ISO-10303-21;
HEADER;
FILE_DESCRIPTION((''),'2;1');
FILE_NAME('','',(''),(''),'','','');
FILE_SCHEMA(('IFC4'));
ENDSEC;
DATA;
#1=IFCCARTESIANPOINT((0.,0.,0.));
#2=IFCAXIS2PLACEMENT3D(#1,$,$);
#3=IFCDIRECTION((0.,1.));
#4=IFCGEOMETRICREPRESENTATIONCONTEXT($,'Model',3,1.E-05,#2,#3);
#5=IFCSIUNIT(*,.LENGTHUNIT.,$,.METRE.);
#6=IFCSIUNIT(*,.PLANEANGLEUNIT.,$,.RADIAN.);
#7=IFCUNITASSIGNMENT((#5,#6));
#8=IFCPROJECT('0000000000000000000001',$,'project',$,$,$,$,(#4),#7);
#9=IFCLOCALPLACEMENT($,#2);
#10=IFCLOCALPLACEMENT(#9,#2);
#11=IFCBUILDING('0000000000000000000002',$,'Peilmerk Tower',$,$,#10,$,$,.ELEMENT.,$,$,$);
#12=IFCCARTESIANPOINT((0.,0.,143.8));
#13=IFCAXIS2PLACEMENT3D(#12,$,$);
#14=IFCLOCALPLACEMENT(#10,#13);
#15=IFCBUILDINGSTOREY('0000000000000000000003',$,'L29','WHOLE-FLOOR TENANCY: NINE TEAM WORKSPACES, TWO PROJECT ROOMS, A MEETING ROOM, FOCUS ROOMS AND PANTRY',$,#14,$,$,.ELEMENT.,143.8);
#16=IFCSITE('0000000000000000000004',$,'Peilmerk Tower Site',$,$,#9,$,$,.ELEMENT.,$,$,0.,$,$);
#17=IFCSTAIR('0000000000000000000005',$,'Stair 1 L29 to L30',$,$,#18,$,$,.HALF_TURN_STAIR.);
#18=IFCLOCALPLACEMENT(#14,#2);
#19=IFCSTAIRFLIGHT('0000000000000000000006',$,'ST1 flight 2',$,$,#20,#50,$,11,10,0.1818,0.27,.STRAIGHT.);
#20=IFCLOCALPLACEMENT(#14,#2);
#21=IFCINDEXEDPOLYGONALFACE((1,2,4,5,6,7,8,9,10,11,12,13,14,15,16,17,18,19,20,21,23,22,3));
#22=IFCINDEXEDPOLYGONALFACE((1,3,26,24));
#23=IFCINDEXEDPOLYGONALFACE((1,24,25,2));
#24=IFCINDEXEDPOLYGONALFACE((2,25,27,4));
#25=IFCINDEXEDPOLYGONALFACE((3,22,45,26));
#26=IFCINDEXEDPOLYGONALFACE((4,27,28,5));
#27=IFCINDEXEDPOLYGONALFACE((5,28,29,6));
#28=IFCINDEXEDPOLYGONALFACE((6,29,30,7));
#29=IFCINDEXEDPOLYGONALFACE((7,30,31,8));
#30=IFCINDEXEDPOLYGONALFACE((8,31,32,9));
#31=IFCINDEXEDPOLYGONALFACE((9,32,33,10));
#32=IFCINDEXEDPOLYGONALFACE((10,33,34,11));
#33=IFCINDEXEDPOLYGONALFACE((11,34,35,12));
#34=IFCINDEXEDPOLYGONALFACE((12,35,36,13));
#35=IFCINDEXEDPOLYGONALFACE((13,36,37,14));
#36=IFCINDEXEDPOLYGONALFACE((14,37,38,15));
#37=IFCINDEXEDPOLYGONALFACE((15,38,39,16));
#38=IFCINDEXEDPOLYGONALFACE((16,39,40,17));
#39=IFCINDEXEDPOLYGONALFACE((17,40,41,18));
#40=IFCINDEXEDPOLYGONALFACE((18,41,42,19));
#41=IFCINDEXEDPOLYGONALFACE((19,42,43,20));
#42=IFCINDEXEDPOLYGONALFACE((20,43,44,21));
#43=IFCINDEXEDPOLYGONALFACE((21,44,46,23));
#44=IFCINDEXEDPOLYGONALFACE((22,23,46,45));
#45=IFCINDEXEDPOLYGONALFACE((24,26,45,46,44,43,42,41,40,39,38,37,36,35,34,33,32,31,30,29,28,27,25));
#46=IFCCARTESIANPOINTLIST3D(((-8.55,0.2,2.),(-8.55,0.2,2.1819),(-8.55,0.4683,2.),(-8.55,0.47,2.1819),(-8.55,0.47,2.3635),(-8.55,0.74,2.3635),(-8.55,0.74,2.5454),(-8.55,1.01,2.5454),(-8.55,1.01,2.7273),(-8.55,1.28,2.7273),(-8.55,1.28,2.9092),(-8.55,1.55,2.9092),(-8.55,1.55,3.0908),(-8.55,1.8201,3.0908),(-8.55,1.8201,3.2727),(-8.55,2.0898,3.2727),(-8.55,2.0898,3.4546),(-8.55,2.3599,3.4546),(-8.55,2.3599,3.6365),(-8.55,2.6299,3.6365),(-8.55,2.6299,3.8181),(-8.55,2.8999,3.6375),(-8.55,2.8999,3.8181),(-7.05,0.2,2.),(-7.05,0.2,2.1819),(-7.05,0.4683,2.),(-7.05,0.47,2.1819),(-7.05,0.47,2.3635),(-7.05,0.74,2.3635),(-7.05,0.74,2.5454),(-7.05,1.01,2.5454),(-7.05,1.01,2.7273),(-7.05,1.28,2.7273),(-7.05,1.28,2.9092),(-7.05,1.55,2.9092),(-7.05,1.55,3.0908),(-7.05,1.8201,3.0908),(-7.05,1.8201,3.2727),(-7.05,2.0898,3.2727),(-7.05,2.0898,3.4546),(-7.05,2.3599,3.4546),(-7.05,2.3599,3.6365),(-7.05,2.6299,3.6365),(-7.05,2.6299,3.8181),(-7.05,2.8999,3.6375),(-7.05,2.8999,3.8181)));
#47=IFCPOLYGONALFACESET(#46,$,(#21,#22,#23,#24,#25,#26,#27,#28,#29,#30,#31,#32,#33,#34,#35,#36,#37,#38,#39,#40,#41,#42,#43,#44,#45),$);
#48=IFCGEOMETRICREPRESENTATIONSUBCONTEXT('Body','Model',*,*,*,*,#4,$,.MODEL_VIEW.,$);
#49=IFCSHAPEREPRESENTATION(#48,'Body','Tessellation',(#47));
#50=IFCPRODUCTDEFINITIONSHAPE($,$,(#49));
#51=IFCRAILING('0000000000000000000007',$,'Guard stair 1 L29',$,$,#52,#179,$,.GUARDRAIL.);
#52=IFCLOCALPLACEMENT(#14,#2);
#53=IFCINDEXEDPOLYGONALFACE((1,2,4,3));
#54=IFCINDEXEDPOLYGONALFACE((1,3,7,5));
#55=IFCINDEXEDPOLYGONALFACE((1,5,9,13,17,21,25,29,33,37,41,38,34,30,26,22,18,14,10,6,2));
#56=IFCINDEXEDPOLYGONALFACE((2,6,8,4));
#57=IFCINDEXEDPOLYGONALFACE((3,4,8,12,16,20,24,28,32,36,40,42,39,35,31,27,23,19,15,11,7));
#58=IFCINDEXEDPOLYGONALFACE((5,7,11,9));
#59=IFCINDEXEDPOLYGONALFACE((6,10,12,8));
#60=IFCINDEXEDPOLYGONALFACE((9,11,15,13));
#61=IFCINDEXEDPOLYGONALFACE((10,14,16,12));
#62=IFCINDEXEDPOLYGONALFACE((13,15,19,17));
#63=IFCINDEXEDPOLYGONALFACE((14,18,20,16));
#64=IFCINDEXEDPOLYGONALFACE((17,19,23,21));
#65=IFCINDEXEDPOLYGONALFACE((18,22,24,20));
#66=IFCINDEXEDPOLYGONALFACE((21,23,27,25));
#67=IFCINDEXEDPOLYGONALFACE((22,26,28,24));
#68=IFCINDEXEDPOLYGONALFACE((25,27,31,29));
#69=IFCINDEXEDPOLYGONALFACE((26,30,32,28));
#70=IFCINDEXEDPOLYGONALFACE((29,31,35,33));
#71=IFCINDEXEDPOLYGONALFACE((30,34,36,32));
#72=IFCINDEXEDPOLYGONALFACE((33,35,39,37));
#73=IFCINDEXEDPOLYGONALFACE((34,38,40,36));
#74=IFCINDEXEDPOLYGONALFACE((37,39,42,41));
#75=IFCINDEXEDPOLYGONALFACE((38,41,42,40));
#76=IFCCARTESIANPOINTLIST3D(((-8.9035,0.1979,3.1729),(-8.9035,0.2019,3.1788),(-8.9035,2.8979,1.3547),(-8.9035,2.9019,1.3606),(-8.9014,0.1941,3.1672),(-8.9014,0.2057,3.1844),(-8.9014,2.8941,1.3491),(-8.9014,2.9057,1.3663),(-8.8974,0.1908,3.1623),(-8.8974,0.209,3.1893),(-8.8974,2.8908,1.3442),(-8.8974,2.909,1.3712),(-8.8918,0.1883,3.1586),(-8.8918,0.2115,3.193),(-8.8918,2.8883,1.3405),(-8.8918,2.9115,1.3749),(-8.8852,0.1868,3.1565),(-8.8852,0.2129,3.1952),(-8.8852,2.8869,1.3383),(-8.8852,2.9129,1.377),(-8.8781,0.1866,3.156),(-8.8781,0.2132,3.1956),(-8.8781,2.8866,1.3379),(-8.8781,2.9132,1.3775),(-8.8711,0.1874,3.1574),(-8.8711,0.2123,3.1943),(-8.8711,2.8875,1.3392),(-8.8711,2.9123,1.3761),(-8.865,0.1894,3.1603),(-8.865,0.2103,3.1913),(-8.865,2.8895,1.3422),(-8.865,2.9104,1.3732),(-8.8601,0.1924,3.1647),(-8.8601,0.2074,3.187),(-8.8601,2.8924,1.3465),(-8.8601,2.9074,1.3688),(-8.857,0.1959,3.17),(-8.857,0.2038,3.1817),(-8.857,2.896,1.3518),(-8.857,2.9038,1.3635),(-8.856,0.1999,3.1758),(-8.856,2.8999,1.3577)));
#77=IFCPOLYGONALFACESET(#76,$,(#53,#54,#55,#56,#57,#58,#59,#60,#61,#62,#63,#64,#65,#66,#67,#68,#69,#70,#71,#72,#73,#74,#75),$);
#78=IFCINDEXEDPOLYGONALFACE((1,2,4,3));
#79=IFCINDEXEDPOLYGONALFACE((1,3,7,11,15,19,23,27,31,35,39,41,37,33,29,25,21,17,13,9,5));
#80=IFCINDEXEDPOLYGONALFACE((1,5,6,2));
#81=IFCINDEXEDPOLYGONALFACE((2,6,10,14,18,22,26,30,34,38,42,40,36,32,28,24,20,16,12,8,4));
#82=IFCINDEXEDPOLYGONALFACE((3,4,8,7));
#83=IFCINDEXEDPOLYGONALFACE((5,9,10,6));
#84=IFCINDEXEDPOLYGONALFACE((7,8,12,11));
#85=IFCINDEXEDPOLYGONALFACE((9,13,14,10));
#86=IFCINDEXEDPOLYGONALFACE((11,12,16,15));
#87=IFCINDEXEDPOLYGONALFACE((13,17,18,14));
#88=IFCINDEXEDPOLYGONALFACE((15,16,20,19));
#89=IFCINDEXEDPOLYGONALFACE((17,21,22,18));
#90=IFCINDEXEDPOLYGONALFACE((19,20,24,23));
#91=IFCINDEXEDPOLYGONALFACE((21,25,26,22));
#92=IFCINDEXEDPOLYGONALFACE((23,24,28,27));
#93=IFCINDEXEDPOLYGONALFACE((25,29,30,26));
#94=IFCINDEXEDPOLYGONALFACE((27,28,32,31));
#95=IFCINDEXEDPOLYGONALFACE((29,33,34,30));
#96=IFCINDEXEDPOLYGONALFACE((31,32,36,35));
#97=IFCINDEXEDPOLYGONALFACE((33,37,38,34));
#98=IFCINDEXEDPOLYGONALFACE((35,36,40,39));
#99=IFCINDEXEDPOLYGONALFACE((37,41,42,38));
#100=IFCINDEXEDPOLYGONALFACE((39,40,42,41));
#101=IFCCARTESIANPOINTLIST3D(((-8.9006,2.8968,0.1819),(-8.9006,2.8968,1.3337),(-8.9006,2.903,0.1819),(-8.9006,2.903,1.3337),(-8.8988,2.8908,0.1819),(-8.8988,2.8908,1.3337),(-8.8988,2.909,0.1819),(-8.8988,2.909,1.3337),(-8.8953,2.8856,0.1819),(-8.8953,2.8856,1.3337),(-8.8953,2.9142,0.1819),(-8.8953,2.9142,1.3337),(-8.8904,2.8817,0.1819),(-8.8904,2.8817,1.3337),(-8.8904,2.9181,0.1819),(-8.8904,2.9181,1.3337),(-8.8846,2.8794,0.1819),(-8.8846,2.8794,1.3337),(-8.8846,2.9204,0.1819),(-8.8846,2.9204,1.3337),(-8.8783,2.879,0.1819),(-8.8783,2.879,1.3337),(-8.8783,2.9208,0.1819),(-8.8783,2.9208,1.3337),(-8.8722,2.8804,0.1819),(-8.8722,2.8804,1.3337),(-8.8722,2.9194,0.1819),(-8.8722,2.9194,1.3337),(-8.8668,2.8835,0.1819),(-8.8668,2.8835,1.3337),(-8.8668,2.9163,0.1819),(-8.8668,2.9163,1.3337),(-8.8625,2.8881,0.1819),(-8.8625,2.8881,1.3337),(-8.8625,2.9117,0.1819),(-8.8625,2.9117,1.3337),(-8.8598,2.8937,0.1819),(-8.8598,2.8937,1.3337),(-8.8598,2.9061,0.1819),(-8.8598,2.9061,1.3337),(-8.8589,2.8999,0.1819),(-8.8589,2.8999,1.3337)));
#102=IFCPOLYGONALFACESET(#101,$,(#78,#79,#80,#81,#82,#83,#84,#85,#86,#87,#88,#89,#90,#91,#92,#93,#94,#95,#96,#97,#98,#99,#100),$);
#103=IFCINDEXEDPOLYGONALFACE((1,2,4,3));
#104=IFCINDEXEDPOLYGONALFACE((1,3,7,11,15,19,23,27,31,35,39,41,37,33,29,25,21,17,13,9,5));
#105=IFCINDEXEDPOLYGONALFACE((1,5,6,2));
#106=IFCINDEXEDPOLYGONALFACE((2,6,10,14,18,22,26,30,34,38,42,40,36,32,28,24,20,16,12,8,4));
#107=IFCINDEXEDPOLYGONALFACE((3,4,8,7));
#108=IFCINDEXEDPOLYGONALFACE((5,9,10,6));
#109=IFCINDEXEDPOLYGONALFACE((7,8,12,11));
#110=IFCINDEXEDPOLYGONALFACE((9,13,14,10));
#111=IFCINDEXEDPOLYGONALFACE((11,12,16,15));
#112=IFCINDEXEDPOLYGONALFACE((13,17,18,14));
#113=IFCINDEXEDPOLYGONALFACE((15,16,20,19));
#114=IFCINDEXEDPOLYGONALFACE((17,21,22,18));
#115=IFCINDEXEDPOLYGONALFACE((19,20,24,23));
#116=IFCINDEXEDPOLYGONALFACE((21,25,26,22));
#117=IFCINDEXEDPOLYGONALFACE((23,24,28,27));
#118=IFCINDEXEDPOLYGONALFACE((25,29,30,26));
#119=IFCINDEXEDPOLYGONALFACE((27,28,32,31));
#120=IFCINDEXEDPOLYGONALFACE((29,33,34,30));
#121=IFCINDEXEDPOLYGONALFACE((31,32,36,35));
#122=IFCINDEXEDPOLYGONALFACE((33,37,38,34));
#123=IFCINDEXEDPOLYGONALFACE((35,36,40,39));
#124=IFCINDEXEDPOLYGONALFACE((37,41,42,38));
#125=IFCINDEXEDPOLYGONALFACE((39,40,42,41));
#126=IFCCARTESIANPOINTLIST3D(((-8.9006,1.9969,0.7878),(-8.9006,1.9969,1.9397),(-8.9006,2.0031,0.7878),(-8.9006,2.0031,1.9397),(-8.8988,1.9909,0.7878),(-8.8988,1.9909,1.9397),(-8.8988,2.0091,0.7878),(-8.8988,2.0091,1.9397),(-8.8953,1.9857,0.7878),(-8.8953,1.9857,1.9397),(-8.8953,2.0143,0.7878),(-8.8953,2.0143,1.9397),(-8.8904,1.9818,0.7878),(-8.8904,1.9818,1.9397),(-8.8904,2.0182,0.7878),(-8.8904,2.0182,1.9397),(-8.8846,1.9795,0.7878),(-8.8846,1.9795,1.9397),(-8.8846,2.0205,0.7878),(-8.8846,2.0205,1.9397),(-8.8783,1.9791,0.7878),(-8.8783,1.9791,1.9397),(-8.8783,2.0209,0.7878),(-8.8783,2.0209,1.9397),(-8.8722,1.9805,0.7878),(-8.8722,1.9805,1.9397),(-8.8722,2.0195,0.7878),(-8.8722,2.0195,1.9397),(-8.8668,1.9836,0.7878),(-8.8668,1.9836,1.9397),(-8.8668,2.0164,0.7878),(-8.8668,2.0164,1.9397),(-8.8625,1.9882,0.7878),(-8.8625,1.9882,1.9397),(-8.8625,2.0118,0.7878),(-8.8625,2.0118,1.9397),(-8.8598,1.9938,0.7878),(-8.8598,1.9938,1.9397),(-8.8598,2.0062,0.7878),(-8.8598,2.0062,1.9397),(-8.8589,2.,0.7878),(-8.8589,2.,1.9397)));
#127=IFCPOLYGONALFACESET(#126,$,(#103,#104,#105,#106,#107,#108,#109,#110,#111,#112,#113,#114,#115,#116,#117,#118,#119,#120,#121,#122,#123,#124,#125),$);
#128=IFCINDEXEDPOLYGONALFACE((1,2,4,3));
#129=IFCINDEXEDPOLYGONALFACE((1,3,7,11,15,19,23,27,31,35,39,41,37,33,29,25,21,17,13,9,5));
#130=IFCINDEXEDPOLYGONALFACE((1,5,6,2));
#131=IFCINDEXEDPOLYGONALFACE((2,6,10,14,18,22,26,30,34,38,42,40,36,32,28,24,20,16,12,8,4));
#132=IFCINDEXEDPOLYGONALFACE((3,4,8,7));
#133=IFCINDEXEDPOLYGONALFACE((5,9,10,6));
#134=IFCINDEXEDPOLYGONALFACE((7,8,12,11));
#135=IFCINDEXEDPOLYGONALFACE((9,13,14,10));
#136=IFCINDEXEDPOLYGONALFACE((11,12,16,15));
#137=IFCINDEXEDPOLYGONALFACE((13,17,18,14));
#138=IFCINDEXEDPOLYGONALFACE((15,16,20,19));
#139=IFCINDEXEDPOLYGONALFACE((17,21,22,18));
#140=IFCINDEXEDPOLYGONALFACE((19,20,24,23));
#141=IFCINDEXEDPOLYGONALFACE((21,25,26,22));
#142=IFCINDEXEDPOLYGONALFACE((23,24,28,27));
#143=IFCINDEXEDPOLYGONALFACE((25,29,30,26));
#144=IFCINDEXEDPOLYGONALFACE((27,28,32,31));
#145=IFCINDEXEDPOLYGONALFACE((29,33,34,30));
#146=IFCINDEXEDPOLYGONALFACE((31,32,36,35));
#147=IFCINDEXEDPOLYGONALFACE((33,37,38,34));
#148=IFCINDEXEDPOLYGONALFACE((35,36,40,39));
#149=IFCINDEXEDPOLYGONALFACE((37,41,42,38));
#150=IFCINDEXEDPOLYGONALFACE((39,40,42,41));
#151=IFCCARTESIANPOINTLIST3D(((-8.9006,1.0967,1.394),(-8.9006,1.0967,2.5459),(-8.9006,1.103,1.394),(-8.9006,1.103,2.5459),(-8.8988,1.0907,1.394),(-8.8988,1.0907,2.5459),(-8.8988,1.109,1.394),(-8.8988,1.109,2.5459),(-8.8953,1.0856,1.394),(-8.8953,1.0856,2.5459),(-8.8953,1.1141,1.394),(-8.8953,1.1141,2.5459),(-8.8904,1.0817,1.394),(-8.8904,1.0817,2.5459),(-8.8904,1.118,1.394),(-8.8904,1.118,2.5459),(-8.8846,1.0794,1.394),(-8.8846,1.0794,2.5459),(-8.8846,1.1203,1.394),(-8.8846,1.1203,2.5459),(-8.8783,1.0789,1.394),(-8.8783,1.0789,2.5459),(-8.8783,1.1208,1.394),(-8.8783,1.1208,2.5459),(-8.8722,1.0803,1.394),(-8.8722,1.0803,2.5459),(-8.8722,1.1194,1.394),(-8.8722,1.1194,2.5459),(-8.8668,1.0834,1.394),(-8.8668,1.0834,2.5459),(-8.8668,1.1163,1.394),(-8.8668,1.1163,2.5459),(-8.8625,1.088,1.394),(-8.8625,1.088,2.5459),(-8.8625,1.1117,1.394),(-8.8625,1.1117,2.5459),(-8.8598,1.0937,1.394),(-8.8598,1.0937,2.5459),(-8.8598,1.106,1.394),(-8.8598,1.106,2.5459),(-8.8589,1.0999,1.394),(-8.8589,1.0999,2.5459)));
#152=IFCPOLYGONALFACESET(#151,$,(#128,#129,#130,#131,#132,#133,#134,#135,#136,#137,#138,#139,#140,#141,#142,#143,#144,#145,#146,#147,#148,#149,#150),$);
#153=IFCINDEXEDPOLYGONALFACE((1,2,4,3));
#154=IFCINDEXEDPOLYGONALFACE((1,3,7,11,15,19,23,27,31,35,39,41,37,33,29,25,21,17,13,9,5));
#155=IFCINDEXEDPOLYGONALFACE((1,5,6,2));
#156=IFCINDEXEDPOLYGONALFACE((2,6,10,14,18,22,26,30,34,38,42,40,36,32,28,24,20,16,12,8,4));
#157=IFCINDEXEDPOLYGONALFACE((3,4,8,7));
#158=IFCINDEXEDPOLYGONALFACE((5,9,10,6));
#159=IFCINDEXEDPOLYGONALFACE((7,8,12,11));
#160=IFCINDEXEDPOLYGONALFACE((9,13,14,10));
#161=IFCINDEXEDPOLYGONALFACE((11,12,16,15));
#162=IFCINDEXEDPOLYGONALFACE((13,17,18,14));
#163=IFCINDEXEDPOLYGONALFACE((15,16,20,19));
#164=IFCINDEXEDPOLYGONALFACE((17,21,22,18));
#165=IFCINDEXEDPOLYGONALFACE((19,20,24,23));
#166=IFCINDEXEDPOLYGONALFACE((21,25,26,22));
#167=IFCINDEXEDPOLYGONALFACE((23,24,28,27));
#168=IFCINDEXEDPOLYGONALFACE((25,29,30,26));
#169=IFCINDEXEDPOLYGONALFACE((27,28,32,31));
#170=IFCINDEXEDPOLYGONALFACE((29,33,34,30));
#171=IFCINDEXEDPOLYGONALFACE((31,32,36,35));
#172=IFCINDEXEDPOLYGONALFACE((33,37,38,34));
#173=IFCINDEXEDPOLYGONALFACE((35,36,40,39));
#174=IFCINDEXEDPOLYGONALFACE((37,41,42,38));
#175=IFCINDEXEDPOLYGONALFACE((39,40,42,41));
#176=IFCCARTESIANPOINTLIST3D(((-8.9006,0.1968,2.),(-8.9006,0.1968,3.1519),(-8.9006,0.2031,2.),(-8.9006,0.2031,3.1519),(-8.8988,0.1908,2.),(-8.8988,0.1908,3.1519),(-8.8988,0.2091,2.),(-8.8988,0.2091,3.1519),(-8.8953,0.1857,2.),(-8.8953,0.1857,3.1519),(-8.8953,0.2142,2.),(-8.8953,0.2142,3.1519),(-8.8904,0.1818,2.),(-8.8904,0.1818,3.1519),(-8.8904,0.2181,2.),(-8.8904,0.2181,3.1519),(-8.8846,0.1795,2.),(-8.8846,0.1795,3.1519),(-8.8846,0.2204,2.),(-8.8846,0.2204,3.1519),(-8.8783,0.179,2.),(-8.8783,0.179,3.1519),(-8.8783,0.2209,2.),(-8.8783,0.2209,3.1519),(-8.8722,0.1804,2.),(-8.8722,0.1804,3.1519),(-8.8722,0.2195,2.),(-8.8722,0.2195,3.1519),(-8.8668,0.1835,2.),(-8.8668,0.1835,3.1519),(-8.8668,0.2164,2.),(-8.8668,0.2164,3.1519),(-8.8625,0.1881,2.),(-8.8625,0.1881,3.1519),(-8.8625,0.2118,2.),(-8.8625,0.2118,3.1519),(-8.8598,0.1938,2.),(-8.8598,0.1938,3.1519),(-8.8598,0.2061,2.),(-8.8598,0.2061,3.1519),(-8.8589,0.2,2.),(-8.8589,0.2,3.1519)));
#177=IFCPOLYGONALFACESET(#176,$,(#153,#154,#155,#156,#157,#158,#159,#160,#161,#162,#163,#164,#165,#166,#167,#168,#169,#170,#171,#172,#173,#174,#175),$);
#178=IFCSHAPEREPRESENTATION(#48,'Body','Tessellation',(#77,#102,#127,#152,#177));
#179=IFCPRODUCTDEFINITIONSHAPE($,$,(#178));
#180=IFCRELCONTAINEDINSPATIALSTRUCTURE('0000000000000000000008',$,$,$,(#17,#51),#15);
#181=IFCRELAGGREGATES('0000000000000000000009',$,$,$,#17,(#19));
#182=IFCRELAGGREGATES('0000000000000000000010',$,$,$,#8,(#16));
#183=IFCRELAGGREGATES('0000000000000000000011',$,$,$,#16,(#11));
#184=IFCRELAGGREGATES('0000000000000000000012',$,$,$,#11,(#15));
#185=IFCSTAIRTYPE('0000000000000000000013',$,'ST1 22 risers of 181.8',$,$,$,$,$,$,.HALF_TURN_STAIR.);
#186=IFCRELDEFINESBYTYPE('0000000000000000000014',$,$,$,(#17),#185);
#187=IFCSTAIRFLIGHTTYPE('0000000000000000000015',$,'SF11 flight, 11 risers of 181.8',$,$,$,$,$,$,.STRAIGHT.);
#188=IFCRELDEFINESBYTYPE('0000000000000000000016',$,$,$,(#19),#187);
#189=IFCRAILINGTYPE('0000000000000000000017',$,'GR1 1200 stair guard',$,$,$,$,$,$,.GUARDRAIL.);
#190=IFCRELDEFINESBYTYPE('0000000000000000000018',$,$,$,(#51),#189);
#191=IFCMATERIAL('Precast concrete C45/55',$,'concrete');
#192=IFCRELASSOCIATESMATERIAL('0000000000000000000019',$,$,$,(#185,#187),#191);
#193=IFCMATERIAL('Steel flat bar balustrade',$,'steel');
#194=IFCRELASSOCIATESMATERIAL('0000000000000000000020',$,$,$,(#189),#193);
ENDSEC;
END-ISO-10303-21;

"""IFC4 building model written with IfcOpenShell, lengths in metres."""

from ifc_helpers import new_model, si_unit, direction, frame, origin, origin_2d, place, context, subcontext, project, spatial, polyline, circle, outline, extrude, material, type_object, element, aggregate, save


model = new_model("IFC4")

# Units and contexts
model_context = context("Model", 3, precision=1e-05, world=origin(), true_north=direction((0.0, 1.0)))
body_context = subcontext(model_context, "Body", "Model", "MODEL_VIEW")
ifc_project = project(units=[si_unit("LENGTHUNIT", "METRE"), si_unit("PLANEANGLEUNIT", "RADIAN")], contexts=[model_context])

# Site, building, storey
site_placement = place(None, origin())
site = spatial("IfcSite", under=ifc_project, at=site_placement, Name="Peilmerk Tower Site", CompositionType="ELEMENT", RefElevation=0.0)
building_placement = place(site_placement, origin())
building = spatial("IfcBuilding", under=site, at=building_placement, Name="Peilmerk Tower", CompositionType="ELEMENT")
storey_placement = place(building_placement, frame((0.0, 0.0, 143.8)))
storey = spatial("IfcBuildingStorey", under=building, at=storey_placement, Name="L29", Description="WHOLE-FLOOR TENANCY: NINE TEAM WORKSPACES, TWO PROJECT ROOMS, A MEETING ROOM, FOCUS ROOMS AND PANTRY", CompositionType="ELEMENT", Elevation=143.8)

# Stair, stair flight
ifc_material_1 = material(Name="Precast concrete C45/55", Category="concrete")
stair_type = type_object("IfcStairType", Name="ST1 22 risers of 181.8", PredefinedType="HALF_TURN_STAIR", material=ifc_material_1)
stair_placement = place(storey_placement, origin())
stair = element("IfcStair", 1, at=stair_placement, inside=storey, type_object=stair_type, Name="Stair 1 L29 to L30", PredefinedType="HALF_TURN_STAIR")
stair_flight_type = type_object("IfcStairFlightType", Name="SF11 flight, 11 risers of 181.8", PredefinedType="STRAIGHT", material=ifc_material_1)
stair_flight_1_placement = place(storey_placement, frame((-7.8, 0.2, 2.0), z_axis=(0.0, 0.0, 1.0), x_axis=(0.0, 1.0, 0.0)))
stair_flight_1 = element("IfcStairFlight", 2, at=stair_flight_1_placement, type_object=stair_flight_type, Name="ST1 flight 2", NumberOfRisers=11, NumberOfTreads=10, PredefinedType="STRAIGHT", RiserHeight=0.1818, TreadLength=0.27, context=body_context, shape_type="SweptSolid", body=[
    extrude(outline(polyline([(0.0, 0.0), (0.0, 0.1819), (0.27, 0.1819), (0.27, 0.3635), (0.54, 0.3635), (0.54, 0.5454), (0.8101, 0.5454), (0.8101, 0.7273), (1.0801, 0.7273), (1.0801, 0.9092), (1.3501, 0.9092), (1.3501, 1.0908), (1.6201, 1.0908), (1.6201, 1.2727), (1.8899, 1.2727), (1.8899, 1.4546), (2.1599, 1.4546), (2.1599, 1.6365), (2.4299, 1.6365), (2.4299, 1.8181), (2.7, 1.8181), (2.7, 2.0), (2.7, 1.6375), (0.2683, 0.0), (0.0, 0.0)])), frame((0.0, 0.75, 0.0), z_axis=(0.0, -1.0, 0.0), x_axis=(1.0, 0.0, 0.0)), (0.0, 0.0, 1.0), 1.5),
])
aggregate(stair, [stair_flight_1])

# Railing
ifc_material_2 = material(Name="Steel flat bar balustrade", Category="steel")
railing_type_1 = type_object("IfcRailingType", Name="GR1 1200 stair guard", PredefinedType="GUARDRAIL", material=ifc_material_2)
railing_1_placement = place(storey_placement, frame((-8.8799, 2.8999, 0.1819)))
element("IfcRailing", 3, at=railing_1_placement, inside=storey, type_object=railing_type_1, Name="Guard stair 1 L29", PredefinedType="GUARDRAIL", context=body_context, shape_type="SweptSolid", body=[
    extrude(circle(Radius=0.0239, at=origin_2d()), frame((0.0, 0.0, 1.1758), z_axis=(0.0, -0.829468, 0.558554), x_axis=(1.0, 0.0, 0.0)), (0.0, 0.0, 1.0), 3.2551),
    extrude(circle(Radius=0.021, at=origin_2d()), origin(), (0.0, 0.0, 1.0), 1.1519),
    extrude(circle(Radius=0.021, at=origin_2d()), frame((0.0, -0.8999, 0.606)), (0.0, 0.0, 1.0), 1.1519),
    extrude(circle(Radius=0.021, at=origin_2d()), frame((0.0, -1.8, 1.2122)), (0.0, 0.0, 1.0), 1.1519),
    extrude(circle(Radius=0.021, at=origin_2d()), frame((0.0, -2.7, 1.8181)), (0.0, 0.0, 1.0), 1.1519),
])

save(model, "model.ifc")
